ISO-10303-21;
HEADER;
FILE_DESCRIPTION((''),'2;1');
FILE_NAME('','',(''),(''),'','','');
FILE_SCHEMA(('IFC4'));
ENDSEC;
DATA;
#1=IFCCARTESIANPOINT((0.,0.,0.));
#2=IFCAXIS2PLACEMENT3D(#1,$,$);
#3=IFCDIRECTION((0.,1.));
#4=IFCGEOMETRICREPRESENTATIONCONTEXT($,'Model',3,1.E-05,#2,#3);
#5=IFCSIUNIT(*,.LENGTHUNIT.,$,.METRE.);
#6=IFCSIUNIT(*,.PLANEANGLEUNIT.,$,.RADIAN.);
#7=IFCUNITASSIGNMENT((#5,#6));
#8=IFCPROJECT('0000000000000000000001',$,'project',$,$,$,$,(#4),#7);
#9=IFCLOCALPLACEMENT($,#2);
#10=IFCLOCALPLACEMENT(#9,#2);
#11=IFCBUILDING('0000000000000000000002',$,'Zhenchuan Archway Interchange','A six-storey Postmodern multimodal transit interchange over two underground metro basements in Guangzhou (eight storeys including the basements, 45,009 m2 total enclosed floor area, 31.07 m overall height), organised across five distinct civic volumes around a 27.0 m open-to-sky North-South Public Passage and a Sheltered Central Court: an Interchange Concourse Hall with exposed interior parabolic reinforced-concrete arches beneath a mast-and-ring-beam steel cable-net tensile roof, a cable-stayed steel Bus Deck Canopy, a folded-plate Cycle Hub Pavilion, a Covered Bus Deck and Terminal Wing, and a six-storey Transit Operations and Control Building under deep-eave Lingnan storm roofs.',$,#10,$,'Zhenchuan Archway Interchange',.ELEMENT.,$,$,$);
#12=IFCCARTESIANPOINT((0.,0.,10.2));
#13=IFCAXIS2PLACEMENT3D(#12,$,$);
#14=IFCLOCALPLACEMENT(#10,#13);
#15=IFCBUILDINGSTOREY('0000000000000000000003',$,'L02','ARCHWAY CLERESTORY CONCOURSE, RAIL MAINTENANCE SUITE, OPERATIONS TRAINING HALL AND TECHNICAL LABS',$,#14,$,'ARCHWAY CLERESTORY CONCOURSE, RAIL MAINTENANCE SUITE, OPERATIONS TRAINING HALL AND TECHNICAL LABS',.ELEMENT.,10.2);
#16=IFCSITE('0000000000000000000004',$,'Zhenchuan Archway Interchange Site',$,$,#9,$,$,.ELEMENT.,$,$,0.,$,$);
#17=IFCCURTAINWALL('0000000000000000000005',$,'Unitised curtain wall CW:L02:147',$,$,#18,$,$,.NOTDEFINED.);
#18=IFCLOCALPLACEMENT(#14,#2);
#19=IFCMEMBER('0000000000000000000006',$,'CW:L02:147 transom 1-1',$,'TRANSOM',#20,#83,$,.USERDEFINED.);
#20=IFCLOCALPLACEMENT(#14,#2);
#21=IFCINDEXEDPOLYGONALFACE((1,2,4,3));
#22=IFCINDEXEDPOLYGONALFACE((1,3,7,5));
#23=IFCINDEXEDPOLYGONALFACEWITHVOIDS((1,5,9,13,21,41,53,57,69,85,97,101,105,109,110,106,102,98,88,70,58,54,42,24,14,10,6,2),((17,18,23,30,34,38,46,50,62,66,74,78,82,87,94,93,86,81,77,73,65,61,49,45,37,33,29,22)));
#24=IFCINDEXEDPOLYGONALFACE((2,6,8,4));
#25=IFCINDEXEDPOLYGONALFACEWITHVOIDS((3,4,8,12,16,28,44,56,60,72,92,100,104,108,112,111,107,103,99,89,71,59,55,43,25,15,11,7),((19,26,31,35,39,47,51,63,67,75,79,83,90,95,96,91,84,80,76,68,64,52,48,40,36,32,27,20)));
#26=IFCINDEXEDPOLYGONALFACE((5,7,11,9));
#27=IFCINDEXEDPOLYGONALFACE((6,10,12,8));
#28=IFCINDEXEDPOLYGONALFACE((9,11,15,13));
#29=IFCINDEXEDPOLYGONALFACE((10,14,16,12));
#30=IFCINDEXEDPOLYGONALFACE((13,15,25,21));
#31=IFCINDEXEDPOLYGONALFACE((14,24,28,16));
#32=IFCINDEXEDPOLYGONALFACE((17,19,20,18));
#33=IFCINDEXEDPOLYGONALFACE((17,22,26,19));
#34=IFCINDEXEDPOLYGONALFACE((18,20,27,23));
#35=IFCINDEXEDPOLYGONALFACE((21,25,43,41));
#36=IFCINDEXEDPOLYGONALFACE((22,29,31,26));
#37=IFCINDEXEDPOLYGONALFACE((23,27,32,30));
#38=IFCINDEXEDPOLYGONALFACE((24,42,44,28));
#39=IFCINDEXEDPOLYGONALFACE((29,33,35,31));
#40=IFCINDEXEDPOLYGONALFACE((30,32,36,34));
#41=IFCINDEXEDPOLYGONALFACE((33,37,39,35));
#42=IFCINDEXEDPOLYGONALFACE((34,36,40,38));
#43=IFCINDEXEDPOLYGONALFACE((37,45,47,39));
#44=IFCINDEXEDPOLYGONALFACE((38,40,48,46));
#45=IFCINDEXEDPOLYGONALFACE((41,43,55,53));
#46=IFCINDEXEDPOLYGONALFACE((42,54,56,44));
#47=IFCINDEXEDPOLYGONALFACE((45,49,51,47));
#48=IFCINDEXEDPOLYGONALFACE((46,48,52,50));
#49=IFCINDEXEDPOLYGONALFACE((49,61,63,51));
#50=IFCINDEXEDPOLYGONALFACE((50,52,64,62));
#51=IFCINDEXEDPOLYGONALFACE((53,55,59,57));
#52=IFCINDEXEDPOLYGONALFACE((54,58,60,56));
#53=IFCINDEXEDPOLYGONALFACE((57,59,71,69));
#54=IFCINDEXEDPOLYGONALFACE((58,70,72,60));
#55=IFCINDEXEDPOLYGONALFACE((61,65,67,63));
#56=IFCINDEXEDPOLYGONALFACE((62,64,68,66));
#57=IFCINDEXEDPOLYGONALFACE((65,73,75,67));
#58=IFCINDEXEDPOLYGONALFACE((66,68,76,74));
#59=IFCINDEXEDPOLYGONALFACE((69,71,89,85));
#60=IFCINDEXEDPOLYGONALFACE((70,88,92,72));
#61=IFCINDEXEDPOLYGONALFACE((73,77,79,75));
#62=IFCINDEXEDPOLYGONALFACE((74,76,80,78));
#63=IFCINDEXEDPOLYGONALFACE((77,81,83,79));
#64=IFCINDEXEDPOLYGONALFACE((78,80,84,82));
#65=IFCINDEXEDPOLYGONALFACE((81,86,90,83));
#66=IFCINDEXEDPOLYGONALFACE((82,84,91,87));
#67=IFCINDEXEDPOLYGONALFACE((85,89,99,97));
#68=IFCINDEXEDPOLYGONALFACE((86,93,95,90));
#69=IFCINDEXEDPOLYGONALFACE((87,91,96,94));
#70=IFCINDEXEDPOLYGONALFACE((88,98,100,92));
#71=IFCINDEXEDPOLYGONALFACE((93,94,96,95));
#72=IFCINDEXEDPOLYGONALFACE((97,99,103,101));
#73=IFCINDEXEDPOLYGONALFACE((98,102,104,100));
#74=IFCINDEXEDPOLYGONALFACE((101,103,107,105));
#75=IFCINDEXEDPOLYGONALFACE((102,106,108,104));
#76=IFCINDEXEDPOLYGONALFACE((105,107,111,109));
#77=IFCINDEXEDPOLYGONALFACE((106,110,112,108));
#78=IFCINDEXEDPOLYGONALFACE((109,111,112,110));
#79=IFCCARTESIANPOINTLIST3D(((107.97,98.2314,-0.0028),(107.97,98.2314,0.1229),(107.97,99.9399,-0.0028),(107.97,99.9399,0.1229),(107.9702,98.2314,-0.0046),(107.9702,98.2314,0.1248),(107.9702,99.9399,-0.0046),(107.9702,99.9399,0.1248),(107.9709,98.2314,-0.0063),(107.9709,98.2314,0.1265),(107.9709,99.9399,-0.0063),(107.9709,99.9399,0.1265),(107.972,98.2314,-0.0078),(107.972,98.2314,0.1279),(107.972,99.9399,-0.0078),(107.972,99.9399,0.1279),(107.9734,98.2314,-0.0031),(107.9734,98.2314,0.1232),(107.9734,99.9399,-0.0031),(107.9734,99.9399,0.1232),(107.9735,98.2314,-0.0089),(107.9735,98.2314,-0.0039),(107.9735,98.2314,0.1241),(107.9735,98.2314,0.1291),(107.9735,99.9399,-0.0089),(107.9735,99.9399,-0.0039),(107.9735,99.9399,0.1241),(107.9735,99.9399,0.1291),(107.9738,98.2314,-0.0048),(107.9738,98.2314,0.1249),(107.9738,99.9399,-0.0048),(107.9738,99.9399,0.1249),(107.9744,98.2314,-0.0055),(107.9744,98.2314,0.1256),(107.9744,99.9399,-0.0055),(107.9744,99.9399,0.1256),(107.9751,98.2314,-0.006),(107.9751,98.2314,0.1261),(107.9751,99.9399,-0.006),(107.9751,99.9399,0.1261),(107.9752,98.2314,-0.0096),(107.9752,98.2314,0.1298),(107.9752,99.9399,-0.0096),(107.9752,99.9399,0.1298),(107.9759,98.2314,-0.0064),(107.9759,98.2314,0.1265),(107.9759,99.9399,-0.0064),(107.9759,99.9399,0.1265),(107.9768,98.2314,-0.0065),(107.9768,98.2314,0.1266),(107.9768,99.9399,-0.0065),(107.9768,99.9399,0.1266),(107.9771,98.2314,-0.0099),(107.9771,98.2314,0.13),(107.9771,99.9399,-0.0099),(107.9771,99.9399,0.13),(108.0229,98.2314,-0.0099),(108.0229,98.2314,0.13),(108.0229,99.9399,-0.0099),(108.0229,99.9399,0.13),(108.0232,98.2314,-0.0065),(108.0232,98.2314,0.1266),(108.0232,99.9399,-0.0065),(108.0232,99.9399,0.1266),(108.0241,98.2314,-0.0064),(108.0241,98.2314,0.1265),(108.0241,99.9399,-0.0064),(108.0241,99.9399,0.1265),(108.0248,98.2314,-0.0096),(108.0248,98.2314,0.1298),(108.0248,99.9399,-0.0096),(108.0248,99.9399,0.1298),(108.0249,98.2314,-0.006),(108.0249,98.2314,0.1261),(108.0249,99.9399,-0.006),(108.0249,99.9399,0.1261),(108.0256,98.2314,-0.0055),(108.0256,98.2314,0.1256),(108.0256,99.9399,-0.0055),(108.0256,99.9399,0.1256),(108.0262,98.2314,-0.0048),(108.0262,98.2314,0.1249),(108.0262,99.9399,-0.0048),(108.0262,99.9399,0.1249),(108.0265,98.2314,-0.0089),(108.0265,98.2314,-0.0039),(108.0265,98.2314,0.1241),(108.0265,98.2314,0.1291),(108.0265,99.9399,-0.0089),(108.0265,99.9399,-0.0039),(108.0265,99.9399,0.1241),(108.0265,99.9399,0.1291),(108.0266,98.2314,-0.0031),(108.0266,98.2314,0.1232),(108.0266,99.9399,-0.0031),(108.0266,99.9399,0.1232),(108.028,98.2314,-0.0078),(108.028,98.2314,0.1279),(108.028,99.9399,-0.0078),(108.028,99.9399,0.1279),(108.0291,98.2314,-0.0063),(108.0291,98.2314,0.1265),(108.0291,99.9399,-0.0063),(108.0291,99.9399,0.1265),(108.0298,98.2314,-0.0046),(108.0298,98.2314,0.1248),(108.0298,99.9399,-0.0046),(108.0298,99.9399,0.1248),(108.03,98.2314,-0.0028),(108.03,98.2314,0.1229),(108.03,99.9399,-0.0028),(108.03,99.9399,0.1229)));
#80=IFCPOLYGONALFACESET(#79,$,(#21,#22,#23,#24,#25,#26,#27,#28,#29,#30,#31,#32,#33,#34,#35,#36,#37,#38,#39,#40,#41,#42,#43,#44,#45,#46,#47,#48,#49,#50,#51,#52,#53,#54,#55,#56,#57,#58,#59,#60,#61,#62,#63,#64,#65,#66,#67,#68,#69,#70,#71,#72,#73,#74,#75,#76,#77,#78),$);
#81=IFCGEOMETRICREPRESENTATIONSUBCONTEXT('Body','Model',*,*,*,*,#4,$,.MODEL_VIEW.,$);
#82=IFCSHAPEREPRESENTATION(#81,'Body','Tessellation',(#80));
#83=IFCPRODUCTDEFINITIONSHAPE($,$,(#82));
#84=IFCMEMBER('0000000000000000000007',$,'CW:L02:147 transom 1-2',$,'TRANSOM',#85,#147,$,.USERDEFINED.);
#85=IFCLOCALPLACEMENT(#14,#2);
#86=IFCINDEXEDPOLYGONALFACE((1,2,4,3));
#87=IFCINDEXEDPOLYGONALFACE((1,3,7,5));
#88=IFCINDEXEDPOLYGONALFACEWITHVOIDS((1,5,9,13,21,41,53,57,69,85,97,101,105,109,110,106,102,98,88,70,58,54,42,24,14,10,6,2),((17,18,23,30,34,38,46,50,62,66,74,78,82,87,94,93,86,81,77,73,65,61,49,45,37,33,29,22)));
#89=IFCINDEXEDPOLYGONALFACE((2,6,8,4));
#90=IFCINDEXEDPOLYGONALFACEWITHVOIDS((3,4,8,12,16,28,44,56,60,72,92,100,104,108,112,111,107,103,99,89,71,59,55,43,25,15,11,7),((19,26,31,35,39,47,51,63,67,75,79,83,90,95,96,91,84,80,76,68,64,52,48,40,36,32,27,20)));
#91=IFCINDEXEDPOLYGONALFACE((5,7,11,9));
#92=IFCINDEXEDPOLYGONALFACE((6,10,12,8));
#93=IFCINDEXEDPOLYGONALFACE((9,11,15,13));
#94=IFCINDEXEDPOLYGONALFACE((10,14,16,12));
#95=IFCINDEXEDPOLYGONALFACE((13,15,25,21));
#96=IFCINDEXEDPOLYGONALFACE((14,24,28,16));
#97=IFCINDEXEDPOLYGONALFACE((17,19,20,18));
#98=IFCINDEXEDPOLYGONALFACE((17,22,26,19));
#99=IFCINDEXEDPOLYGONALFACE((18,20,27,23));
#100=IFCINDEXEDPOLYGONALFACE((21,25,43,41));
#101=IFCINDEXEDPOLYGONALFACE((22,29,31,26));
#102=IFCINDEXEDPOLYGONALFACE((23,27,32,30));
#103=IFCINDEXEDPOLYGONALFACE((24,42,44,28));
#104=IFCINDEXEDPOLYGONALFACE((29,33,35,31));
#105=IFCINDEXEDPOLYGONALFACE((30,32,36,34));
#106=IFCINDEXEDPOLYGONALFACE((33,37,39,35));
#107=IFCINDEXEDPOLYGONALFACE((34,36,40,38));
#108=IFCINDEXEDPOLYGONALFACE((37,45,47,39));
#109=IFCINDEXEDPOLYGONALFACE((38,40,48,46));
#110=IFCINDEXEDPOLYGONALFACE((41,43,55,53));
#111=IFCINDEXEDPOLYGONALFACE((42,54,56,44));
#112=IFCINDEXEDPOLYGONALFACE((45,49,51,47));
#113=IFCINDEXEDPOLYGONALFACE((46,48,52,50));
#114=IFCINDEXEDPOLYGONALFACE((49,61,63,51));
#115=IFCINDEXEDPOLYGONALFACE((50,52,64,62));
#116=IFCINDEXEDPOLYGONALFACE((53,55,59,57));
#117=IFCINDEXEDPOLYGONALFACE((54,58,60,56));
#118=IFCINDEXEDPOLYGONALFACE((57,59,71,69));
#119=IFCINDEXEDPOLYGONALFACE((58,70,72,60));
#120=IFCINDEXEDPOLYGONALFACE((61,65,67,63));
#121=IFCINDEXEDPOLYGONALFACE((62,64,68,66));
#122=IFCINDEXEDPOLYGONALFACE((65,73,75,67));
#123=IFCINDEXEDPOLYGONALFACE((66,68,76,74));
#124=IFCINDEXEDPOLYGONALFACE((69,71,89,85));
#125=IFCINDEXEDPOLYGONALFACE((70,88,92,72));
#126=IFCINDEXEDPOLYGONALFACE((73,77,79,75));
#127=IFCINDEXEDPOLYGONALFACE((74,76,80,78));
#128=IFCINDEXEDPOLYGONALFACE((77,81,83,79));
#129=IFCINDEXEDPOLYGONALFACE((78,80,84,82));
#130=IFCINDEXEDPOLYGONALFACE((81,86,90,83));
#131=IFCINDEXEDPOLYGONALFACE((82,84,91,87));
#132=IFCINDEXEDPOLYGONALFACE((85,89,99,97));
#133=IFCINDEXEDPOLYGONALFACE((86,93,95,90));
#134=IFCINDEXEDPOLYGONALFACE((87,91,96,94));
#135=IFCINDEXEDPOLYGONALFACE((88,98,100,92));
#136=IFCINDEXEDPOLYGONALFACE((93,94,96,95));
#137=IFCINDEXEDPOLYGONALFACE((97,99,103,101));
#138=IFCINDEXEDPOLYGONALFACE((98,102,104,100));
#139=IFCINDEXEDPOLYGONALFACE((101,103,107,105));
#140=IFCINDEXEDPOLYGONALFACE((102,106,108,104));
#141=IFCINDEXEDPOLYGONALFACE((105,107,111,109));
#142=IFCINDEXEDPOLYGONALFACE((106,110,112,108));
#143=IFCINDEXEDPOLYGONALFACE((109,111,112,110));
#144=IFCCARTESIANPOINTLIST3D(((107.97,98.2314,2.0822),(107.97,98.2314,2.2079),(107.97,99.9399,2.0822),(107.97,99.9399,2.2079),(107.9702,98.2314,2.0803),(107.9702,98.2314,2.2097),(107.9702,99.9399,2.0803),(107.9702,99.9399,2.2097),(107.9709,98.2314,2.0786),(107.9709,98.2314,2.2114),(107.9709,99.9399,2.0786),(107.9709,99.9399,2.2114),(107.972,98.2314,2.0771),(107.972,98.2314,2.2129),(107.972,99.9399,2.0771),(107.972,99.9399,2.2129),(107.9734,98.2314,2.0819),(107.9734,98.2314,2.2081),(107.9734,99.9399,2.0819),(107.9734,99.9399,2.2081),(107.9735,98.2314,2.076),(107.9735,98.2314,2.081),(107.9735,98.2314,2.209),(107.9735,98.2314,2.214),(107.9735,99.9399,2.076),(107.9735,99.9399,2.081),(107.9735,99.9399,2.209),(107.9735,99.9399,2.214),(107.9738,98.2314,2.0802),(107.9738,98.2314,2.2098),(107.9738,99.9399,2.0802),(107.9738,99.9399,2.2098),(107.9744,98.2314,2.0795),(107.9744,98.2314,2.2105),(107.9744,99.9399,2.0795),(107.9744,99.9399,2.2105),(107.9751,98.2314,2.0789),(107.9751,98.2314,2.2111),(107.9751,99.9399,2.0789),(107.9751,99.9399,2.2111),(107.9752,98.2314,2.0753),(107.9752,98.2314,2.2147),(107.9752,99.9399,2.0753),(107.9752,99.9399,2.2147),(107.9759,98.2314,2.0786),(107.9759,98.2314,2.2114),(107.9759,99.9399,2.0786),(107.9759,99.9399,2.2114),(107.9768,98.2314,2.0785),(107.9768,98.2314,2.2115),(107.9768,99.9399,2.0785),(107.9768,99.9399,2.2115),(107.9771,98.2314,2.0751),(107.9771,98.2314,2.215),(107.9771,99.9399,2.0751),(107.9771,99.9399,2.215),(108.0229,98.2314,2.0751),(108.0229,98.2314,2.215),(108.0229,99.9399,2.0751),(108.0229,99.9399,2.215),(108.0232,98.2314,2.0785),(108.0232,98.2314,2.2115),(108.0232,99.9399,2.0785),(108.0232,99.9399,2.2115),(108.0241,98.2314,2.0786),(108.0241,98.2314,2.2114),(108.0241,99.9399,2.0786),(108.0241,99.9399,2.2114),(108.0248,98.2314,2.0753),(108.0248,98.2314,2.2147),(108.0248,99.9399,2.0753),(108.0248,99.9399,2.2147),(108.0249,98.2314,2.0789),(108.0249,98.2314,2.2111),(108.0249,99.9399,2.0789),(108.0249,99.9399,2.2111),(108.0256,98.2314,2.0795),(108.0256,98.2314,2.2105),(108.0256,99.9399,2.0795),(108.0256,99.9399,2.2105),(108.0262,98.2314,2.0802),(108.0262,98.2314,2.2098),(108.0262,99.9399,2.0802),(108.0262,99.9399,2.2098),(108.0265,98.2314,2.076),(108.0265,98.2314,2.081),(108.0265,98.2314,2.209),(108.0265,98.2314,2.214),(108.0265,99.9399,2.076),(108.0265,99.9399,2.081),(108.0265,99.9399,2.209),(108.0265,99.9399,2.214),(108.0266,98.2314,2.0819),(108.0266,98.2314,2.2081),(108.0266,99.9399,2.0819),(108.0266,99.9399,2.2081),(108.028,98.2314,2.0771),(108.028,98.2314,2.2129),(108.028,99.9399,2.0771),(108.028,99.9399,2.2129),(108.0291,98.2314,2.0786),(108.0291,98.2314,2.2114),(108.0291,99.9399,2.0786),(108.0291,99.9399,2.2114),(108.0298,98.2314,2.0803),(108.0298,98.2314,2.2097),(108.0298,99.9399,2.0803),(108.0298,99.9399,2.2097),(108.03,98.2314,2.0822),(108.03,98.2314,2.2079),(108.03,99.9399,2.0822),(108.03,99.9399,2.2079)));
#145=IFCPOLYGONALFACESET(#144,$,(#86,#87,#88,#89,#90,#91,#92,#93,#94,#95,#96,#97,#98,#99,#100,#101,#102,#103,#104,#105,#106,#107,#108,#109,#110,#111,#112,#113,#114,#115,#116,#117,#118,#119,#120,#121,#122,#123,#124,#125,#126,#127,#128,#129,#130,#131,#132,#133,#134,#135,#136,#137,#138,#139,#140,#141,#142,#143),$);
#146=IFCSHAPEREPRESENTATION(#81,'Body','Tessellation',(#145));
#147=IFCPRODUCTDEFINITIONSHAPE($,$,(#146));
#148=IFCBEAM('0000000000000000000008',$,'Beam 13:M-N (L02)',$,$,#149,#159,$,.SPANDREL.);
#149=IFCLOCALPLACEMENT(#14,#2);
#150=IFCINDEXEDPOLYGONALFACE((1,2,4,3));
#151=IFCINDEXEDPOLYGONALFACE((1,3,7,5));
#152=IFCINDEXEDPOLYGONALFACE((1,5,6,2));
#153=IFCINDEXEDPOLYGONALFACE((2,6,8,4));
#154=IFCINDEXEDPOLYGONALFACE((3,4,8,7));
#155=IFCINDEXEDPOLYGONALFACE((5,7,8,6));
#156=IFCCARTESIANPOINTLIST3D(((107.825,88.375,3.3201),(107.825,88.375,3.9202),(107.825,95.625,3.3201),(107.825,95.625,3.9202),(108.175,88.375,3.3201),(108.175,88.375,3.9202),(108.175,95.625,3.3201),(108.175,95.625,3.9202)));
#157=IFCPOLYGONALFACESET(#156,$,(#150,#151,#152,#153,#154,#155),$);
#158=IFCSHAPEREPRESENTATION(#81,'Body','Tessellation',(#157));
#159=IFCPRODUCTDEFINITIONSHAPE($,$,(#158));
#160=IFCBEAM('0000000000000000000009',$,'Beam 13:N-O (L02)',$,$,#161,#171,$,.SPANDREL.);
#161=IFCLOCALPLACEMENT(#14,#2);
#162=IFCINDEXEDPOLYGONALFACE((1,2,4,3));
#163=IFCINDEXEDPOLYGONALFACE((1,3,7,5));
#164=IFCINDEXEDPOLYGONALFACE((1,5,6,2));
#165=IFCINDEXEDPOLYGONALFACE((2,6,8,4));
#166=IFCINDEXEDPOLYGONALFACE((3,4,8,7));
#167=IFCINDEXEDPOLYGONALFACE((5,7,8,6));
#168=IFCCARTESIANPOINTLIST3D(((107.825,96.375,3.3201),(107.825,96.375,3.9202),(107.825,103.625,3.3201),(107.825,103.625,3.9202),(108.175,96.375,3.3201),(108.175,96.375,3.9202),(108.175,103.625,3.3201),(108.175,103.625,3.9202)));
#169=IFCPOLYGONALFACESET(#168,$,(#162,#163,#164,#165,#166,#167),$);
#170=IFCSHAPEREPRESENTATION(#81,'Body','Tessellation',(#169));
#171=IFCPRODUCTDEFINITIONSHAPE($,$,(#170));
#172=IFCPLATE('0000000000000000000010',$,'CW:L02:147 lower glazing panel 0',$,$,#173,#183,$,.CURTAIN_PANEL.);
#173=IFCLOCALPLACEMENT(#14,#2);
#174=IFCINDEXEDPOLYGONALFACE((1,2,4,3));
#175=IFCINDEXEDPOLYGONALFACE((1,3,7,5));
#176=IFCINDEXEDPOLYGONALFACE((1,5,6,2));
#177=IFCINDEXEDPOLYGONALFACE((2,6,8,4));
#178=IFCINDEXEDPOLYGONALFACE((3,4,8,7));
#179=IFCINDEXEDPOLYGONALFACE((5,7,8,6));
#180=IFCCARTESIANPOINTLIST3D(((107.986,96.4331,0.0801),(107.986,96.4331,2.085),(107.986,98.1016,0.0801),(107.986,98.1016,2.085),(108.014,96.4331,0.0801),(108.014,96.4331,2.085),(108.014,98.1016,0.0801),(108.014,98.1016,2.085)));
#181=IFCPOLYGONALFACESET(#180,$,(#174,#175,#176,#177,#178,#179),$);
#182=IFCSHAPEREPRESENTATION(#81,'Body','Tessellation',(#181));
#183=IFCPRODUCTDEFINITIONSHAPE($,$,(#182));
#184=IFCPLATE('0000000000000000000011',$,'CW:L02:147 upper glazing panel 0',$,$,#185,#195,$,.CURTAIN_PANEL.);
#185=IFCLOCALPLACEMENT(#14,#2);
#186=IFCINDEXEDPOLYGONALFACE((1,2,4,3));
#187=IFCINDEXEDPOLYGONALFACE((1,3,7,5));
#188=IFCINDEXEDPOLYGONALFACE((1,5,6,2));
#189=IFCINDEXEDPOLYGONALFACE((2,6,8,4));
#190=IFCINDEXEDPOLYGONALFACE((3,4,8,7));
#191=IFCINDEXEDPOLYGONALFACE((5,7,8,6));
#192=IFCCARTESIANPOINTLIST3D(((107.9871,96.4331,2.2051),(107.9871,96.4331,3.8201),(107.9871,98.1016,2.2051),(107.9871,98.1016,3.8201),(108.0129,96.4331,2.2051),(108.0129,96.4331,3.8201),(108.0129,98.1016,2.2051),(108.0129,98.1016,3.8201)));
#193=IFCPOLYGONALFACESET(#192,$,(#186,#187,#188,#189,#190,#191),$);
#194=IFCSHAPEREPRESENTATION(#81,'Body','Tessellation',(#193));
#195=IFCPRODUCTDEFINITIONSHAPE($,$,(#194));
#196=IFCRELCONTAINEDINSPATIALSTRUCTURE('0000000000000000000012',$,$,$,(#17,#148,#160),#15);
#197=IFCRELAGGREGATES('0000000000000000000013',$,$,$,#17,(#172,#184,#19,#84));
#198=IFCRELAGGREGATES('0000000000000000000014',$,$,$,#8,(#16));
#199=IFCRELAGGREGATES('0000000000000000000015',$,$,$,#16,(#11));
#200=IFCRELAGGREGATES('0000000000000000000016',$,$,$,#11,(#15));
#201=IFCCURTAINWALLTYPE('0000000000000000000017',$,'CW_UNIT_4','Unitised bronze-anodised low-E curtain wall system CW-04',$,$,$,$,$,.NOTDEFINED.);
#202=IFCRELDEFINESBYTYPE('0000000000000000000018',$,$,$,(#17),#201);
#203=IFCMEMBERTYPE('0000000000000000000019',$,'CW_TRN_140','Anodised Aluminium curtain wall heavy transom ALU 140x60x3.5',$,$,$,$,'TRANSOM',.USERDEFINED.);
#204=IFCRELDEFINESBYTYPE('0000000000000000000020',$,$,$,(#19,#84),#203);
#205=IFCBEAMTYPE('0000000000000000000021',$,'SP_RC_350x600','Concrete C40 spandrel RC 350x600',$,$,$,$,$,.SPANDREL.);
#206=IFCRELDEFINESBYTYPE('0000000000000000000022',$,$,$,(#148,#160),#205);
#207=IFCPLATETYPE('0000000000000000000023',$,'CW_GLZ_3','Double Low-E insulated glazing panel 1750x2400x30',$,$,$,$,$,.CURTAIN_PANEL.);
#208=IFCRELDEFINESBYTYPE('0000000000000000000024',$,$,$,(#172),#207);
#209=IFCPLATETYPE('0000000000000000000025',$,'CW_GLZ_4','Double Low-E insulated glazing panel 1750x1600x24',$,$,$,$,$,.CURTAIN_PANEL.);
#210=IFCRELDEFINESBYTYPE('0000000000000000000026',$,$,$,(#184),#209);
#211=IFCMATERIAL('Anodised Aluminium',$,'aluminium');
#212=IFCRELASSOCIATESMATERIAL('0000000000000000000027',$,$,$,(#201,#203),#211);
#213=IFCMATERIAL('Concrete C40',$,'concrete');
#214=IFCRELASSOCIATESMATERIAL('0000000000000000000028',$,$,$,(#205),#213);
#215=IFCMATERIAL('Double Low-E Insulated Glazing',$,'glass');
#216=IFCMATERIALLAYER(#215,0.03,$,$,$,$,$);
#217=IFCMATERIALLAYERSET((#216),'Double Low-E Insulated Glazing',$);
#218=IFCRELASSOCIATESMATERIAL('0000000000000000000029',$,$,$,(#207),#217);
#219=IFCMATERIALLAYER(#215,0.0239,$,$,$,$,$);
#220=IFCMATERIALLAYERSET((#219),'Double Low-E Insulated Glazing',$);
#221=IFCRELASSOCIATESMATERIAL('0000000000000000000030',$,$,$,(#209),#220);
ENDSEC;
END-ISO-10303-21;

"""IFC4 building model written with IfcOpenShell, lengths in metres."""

from ifc_helpers import new_model, si_unit, direction, frame, origin, origin_2d, place, context, subcontext, project, spatial, rectangle, hollow_rectangle, extrude, material, layer, layer_set, material_profile, profile_set, type_object, element, aggregate, save


model = new_model("IFC4")

# Units and contexts
model_context = context("Model", 3, precision=1e-05, world=origin(), true_north=direction((0.0, 1.0)))
body_context = subcontext(model_context, "Body", "Model", "MODEL_VIEW")
ifc_project = project(units=[si_unit("LENGTHUNIT", "METRE"), si_unit("PLANEANGLEUNIT", "RADIAN")], contexts=[model_context])

# Site, building, storey
site_placement = place(None, origin())
site = spatial("IfcSite", under=ifc_project, at=site_placement, Name="Zhenchuan Archway Interchange Site", CompositionType="ELEMENT", RefElevation=0.0)
building_placement = place(site_placement, origin())
building = spatial("IfcBuilding", under=site, at=building_placement, Name="Zhenchuan Archway Interchange", Description="A six-storey Postmodern multimodal transit interchange over two underground metro basements in Guangzhou (eight storeys including the basements, 45,009 m2 total enclosed floor area, 31.07 m overall height), organised across five distinct civic volumes around a 27.0 m open-to-sky North-South Public Passage and a Sheltered Central Court: an Interchange Concourse Hall with exposed interior parabolic reinforced-concrete arches beneath a mast-and-ring-beam steel cable-net tensile roof, a cable-stayed steel Bus Deck Canopy, a folded-plate Cycle Hub Pavilion, a Covered Bus Deck and Terminal Wing, and a six-storey Transit Operations and Control Building under deep-eave Lingnan storm roofs.", LongName="Zhenchuan Archway Interchange", CompositionType="ELEMENT")
storey_placement = place(building_placement, frame((0.0, 0.0, 10.2)))
storey = spatial("IfcBuildingStorey", under=building, at=storey_placement, Name="L02", Description="ARCHWAY CLERESTORY CONCOURSE, RAIL MAINTENANCE SUITE, OPERATIONS TRAINING HALL AND TECHNICAL LABS", LongName="ARCHWAY CLERESTORY CONCOURSE, RAIL MAINTENANCE SUITE, OPERATIONS TRAINING HALL AND TECHNICAL LABS", CompositionType="ELEMENT", Elevation=10.2)

# Shared definitions
ifc_material_1 = material(Name="Concrete C40", Category="concrete")

# Curtain wall
ifc_material_2 = material(Name="Anodised Aluminium", Category="aluminium")
curtain_wall_type = type_object("IfcCurtainWallType", Name="CW_UNIT_4", Description="Unitised bronze-anodised low-E curtain wall system CW-04", PredefinedType="NOTDEFINED", material=ifc_material_2)
curtain_wall_1_placement = place(storey_placement, origin())
curtain_wall_1 = element("IfcCurtainWall", 1, at=curtain_wall_1_placement, inside=storey, type_object=curtain_wall_type, Name="Unitised curtain wall CW:L02:147", PredefinedType="NOTDEFINED")
ifc_material_profile_1 = material_profile(ifc_material_2, hollow_rectangle(XDim=0.0601, YDim=0.1399, WallThickness=0.0034, InnerFilletRadius=0.0034, OuterFilletRadius=0.0071, at=origin_2d()), Name="ALU 140x60x3.5")
ifc_profile_set_1 = profile_set([ifc_material_profile_1], Name="Anodised Aluminium")
member_type_1 = type_object("IfcMemberType", Name="CW_TRN_140", Description="Anodised Aluminium curtain wall heavy transom ALU 140x60x3.5", ElementType="TRANSOM", PredefinedType="USERDEFINED", material=ifc_profile_set_1)

# Members
member_1_placement = place(storey_placement, frame((108.0, 98.2314, 0.0601), z_axis=(0.0, 1.0, 0.0), x_axis=(-1.0, 0.0, 0.0)))
member_1 = element("IfcMember", 2, at=member_1_placement, type_object=member_type_1, Name="CW:L02:147 transom 1-1", ObjectType="TRANSOM", PredefinedType="USERDEFINED", context=body_context, shape_type="SweptSolid", body=[
    extrude(hollow_rectangle(XDim=0.0601, YDim=0.1399, WallThickness=0.0034, InnerFilletRadius=0.0034, OuterFilletRadius=0.0071, at=origin_2d()), origin(), (0.0, 0.0, 1.0), 1.7085),
])
member_2_placement = place(storey_placement, frame((108.0, 98.2314, 2.145), z_axis=(0.0, 1.0, 0.0), x_axis=(-1.0, 0.0, 0.0)))
member_2 = element("IfcMember", 3, at=member_2_placement, type_object=member_type_1, Name="CW:L02:147 transom 1-2", ObjectType="TRANSOM", PredefinedType="USERDEFINED", context=body_context, shape_type="SweptSolid", body=[
    extrude(hollow_rectangle(XDim=0.0601, YDim=0.1399, WallThickness=0.0034, InnerFilletRadius=0.0034, OuterFilletRadius=0.0071, at=origin_2d()), origin(), (0.0, 0.0, 1.0), 1.7085),
])

# Beams
ifc_material_profile_2 = material_profile(ifc_material_1, rectangle(XDim=0.3501, YDim=0.6001, at=origin_2d()), Name="RC 350x600")
ifc_profile_set_2 = profile_set([ifc_material_profile_2], Name="Concrete C40")
beam_type = type_object("IfcBeamType", Name="SP_RC_350x600", Description="Concrete C40 spandrel RC 350x600", PredefinedType="SPANDREL", material=ifc_profile_set_2)
for number, where, z_axis, x_axis, name in (
    (4, (108.0, 88.375, 3.6201), (0.0, 1.0, 0.0), (-1.0, 0.0, 0.0), "Beam 13:M-N (L02)"),
    (5, (108.0, 96.375, 3.6201), (0.0, 1.0, 0.0), (-1.0, 0.0, 0.0), "Beam 13:N-O (L02)"),
):
    element("IfcBeam", number, at=place(storey_placement, frame(where, z_axis=z_axis, x_axis=x_axis)), inside=storey, type_object=beam_type, Name=name, PredefinedType="SPANDREL", context=body_context, shape_type="SweptSolid", body=[
        extrude(rectangle(XDim=0.3501, YDim=0.6001, at=origin_2d()), origin(), (0.0, 0.0, 1.0), 7.25),
    ])

# Plates
ifc_material_3 = material(Name="Double Low-E Insulated Glazing", Category="glass")
ifc_layer_1 = layer(ifc_material_3, 0.03)
ifc_layer_set_1 = layer_set([ifc_layer_1], Name="Double Low-E Insulated Glazing")
plate_type_1 = type_object("IfcPlateType", Name="CW_GLZ_3", Description="Double Low-E insulated glazing panel 1750x2400x30", PredefinedType="CURTAIN_PANEL", material=ifc_layer_set_1)
plate_1_placement = place(storey_placement, frame((108.0, 97.2673, 0.0801), z_axis=(0.0, 0.0, 1.0), x_axis=(0.0, 1.0, 0.0)))
plate_1 = element("IfcPlate", 6, at=plate_1_placement, type_object=plate_type_1, Name="CW:L02:147 lower glazing panel 0", PredefinedType="CURTAIN_PANEL", context=body_context, shape_type="SweptSolid", body=[
    extrude(rectangle(XDim=1.6685, YDim=0.0281, at=origin_2d()), origin(), (0.0, 0.0, 1.0), 2.0049),
])
ifc_layer_2 = layer(ifc_material_3, 0.0239)
ifc_layer_set_2 = layer_set([ifc_layer_2], Name="Double Low-E Insulated Glazing")
plate_type_2 = type_object("IfcPlateType", Name="CW_GLZ_4", Description="Double Low-E insulated glazing panel 1750x1600x24", PredefinedType="CURTAIN_PANEL", material=ifc_layer_set_2)
plate_2_placement = place(storey_placement, frame((108.0, 97.2673, 2.2051), z_axis=(0.0, 0.0, 1.0), x_axis=(0.0, 1.0, 0.0)))
plate_2 = element("IfcPlate", 7, at=plate_2_placement, type_object=plate_type_2, Name="CW:L02:147 upper glazing panel 0", PredefinedType="CURTAIN_PANEL", context=body_context, shape_type="SweptSolid", body=[
    extrude(rectangle(XDim=1.6685, YDim=0.0259, at=origin_2d()), origin(), (0.0, 0.0, 1.0), 1.615),
])
aggregate(curtain_wall_1, [plate_1, plate_2, member_1, member_2])

save(model, "model.ifc")
